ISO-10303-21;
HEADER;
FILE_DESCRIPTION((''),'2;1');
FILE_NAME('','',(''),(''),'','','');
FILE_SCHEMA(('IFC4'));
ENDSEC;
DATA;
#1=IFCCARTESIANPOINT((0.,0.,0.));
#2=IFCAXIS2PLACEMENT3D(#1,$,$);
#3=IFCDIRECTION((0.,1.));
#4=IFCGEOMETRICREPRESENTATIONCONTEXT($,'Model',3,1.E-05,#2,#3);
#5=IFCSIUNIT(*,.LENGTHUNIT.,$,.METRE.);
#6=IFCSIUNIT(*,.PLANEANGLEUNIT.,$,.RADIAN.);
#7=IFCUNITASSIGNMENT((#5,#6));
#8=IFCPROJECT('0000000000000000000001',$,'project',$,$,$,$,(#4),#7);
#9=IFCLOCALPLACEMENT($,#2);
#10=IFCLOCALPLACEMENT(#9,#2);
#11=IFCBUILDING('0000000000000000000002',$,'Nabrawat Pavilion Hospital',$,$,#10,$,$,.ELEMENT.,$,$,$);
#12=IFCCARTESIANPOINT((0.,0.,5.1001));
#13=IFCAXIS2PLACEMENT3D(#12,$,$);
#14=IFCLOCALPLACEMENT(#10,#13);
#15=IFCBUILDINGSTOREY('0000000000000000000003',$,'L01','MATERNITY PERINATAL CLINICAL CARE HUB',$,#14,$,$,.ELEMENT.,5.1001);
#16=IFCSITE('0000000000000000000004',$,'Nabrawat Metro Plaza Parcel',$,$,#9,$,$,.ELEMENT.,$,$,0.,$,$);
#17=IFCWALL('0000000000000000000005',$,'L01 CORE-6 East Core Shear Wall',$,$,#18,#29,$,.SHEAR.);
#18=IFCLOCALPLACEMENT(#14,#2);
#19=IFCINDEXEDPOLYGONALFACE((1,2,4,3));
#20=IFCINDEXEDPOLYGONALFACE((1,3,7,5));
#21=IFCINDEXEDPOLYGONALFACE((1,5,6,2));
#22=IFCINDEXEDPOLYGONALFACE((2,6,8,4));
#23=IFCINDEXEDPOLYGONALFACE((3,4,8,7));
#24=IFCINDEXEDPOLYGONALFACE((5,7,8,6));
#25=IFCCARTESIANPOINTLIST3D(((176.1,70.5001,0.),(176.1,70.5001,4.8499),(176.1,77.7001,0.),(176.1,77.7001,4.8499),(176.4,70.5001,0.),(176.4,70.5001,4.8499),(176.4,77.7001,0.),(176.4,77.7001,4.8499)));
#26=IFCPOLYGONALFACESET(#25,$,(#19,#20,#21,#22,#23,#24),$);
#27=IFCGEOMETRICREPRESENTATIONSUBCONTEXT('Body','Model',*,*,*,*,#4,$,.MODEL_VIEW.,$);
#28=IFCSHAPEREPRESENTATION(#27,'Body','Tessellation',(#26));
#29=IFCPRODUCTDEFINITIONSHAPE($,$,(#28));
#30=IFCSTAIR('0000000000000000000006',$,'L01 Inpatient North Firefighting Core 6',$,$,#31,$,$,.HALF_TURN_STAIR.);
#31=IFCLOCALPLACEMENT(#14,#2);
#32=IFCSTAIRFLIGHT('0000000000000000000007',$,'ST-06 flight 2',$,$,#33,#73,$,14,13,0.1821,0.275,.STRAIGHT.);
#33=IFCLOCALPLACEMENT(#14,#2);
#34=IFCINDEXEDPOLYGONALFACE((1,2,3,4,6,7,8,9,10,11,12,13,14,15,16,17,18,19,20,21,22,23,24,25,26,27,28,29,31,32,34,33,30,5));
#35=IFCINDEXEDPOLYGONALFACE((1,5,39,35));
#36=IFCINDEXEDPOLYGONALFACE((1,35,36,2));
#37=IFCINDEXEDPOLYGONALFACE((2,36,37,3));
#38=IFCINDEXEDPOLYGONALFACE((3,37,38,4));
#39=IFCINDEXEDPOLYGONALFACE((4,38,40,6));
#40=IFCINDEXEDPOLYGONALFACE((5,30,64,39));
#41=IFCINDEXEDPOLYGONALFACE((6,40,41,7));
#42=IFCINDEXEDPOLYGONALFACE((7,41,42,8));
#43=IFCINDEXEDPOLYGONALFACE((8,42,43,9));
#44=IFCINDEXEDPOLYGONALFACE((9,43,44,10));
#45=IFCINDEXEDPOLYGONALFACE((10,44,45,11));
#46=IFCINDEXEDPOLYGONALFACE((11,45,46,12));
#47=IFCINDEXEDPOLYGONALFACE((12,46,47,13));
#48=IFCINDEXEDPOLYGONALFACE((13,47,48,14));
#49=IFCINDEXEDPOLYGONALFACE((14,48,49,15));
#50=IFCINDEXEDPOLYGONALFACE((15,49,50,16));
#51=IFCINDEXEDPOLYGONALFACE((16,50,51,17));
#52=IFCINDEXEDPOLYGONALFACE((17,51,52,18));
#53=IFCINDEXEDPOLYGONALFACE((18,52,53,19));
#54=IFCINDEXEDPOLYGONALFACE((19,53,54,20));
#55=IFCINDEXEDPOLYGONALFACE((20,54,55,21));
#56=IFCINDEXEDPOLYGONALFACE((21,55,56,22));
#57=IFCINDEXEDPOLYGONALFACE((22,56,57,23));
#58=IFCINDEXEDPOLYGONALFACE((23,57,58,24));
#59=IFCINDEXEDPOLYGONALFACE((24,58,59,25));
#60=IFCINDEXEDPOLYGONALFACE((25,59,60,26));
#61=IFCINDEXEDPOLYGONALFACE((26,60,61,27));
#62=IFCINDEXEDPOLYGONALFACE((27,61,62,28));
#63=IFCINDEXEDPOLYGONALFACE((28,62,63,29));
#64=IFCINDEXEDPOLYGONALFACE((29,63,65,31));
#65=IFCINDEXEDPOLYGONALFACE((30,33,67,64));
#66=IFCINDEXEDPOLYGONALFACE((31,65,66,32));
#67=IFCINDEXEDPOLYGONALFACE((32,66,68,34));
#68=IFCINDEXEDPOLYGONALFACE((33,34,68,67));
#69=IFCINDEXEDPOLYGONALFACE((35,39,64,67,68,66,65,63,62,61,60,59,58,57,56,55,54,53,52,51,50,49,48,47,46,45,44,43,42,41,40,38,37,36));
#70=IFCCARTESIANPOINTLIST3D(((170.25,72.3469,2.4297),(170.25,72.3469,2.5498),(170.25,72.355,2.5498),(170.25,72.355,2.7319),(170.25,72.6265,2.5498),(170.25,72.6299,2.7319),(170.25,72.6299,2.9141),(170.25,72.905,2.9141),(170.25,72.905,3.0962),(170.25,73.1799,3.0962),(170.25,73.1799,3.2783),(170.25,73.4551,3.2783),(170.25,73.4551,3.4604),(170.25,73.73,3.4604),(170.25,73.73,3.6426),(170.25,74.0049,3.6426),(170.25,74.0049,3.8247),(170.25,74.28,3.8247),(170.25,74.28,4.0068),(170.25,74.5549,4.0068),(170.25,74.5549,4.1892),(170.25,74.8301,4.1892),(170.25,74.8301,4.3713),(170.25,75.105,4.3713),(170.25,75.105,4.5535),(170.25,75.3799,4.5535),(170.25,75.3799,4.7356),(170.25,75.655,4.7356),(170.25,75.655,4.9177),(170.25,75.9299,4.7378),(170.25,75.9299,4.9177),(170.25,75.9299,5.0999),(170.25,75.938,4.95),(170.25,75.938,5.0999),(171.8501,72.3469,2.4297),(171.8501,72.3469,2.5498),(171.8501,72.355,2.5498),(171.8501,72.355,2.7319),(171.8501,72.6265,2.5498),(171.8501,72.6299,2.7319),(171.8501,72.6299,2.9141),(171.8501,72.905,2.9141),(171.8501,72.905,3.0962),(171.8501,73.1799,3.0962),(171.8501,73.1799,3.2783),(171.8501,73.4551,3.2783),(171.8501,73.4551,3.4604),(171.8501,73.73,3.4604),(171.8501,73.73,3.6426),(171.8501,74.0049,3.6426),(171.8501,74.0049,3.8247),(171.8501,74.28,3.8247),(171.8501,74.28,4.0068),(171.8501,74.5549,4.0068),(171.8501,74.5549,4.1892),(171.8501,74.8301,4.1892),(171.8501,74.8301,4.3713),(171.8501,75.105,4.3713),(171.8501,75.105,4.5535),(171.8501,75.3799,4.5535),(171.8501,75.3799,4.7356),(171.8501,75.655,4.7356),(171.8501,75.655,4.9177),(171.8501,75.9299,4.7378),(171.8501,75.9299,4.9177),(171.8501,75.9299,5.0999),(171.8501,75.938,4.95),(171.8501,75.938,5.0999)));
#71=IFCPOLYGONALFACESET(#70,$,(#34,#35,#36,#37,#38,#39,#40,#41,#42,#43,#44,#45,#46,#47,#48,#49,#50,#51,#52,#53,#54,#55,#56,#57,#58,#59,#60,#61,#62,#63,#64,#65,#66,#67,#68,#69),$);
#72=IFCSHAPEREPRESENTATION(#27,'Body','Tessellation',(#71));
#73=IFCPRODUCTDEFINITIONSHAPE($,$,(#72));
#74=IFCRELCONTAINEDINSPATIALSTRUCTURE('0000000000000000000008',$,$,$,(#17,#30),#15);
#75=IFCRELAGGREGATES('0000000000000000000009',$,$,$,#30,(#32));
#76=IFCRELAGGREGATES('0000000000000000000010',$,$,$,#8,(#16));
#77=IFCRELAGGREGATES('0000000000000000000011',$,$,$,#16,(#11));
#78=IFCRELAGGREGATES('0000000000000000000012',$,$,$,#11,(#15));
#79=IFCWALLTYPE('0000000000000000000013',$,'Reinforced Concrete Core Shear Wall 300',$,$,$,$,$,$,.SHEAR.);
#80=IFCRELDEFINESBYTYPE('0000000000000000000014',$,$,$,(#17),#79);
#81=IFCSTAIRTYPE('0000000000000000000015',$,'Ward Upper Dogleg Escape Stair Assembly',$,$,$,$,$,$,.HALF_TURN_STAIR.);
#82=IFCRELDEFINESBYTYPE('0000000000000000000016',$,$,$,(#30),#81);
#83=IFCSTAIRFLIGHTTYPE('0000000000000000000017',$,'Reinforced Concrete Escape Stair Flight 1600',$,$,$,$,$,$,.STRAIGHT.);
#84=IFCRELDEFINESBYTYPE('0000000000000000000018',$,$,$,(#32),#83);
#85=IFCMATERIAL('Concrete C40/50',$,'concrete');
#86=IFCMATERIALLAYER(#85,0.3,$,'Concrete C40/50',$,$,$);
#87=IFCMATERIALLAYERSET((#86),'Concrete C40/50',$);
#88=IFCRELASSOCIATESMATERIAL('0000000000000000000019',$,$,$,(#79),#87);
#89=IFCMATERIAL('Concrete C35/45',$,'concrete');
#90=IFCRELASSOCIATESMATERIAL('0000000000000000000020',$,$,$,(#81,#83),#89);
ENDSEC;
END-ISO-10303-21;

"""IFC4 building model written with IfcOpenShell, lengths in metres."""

from ifc_helpers import new_model, si_unit, direction, frame, frame_2d, origin, place, context, subcontext, project, spatial, polyline, rectangle, outline, extrude, material, layer, layer_set, type_object, element, aggregate, save


model = new_model("IFC4")

# Units and contexts
model_context = context("Model", 3, precision=1e-05, world=origin(), true_north=direction((0.0, 1.0)))
body_context = subcontext(model_context, "Body", "Model", "MODEL_VIEW")
ifc_project = project(units=[si_unit("LENGTHUNIT", "METRE"), si_unit("PLANEANGLEUNIT", "RADIAN")], contexts=[model_context])

# Site, building, storey
site_placement = place(None, origin())
site = spatial("IfcSite", under=ifc_project, at=site_placement, Name="Nabrawat Metro Plaza Parcel", CompositionType="ELEMENT", RefElevation=0.0)
building_placement = place(site_placement, origin())
building = spatial("IfcBuilding", under=site, at=building_placement, Name="Nabrawat Pavilion Hospital", CompositionType="ELEMENT")
storey_placement = place(building_placement, frame((0.0, 0.0, 5.1001)))
storey = spatial("IfcBuildingStorey", under=building, at=storey_placement, Name="L01", Description="MATERNITY PERINATAL CLINICAL CARE HUB", CompositionType="ELEMENT", Elevation=5.1001)

# Shared definitions
ifc_material_1 = material(Name="Concrete C35/45", Category="concrete")

# Shared definitions
ifc_material_2 = material(Name="Concrete C40/50", Category="concrete")
ifc_layer_1 = layer(ifc_material_2, 0.3, Name="Concrete C40/50")
ifc_layer_set_1 = layer_set([ifc_layer_1], Name="Concrete C40/50")
wall_type_1 = type_object("IfcWallType", Name="Reinforced Concrete Core Shear Wall 300", PredefinedType="SHEAR", material=ifc_layer_set_1)

# Wall
for number, where, z_axis, x_axis, name in (
    (1, (176.25, 70.5, 0.0), (0.0, 0.0, 1.0), (0.0, 1.0, 0.0), "L01 CORE-6 East Core Shear Wall"),
):
    element("IfcWall", number, at=place(storey_placement, frame(where, z_axis=z_axis, x_axis=x_axis)), inside=storey, type_object=wall_type_1, Name=name, PredefinedType="SHEAR", context=body_context, shape_type="SweptSolid", body=[
        extrude(rectangle(XDim=7.2, YDim=0.3, at=frame_2d((3.6001, 0.0))), origin(), (0.0, 0.0, 1.0), 4.8499),
    ])

# Stair, stair flight
stair_type = type_object("IfcStairType", Name="Ward Upper Dogleg Escape Stair Assembly", PredefinedType="HALF_TURN_STAIR", material=ifc_material_1)
stair_placement = place(storey_placement, origin())
stair = element("IfcStair", 2, at=stair_placement, inside=storey, type_object=stair_type, Name="L01 Inpatient North Firefighting Core 6", PredefinedType="HALF_TURN_STAIR")
stair_flight_type = type_object("IfcStairFlightType", Name="Reinforced Concrete Escape Stair Flight 1600", PredefinedType="STRAIGHT", material=ifc_material_1)
stair_flight_placement = place(storey_placement, frame((171.05, 72.355, 2.5498), z_axis=(0.0, 0.0, 1.0), x_axis=(0.0, 1.0, 0.0)))
stair_flight = element("IfcStairFlight", 3, at=stair_flight_placement, type_object=stair_flight_type, Name="ST-06 flight 2", NumberOfRisers=14, NumberOfTreads=13, PredefinedType="STRAIGHT", RiserHeight=0.1821, TreadLength=0.275, context=body_context, shape_type="SweptSolid", body=[
    extrude(outline(polyline([(-0.0081, 0.0), (0.0, 0.0), (0.0, 0.1821), (0.2749, 0.1821), (0.2749, 0.3643), (0.55, 0.3643), (0.55, 0.5464), (0.825, 0.5464), (0.825, 0.7285), (1.1001, 0.7285), (1.1001, 0.9106), (1.375, 0.9106), (1.375, 1.0928), (1.6499, 1.0928), (1.6499, 1.2749), (1.925, 1.2749), (1.925, 1.457), (2.2, 1.457), (2.2, 1.6394), (2.4751, 1.6394), (2.4751, 1.8215), (2.75, 1.8215), (2.75, 2.0037), (3.0249, 2.0037), (3.0249, 2.1858), (3.3, 2.1858), (3.3, 2.3679), (3.575, 2.3679), (3.575, 2.55), (3.583, 2.55), (3.583, 2.4001), (3.575, 2.188), (0.2715, 0.0), (-0.0081, -0.1201), (-0.0081, 0.0)])), frame((0.0, 0.8, 0.0), z_axis=(0.0, -1.0, 0.0), x_axis=(1.0, 0.0, 0.0)), (0.0, 0.0, 1.0), 1.6001),
])
aggregate(stair, [stair_flight])

save(model, "model.ifc")
